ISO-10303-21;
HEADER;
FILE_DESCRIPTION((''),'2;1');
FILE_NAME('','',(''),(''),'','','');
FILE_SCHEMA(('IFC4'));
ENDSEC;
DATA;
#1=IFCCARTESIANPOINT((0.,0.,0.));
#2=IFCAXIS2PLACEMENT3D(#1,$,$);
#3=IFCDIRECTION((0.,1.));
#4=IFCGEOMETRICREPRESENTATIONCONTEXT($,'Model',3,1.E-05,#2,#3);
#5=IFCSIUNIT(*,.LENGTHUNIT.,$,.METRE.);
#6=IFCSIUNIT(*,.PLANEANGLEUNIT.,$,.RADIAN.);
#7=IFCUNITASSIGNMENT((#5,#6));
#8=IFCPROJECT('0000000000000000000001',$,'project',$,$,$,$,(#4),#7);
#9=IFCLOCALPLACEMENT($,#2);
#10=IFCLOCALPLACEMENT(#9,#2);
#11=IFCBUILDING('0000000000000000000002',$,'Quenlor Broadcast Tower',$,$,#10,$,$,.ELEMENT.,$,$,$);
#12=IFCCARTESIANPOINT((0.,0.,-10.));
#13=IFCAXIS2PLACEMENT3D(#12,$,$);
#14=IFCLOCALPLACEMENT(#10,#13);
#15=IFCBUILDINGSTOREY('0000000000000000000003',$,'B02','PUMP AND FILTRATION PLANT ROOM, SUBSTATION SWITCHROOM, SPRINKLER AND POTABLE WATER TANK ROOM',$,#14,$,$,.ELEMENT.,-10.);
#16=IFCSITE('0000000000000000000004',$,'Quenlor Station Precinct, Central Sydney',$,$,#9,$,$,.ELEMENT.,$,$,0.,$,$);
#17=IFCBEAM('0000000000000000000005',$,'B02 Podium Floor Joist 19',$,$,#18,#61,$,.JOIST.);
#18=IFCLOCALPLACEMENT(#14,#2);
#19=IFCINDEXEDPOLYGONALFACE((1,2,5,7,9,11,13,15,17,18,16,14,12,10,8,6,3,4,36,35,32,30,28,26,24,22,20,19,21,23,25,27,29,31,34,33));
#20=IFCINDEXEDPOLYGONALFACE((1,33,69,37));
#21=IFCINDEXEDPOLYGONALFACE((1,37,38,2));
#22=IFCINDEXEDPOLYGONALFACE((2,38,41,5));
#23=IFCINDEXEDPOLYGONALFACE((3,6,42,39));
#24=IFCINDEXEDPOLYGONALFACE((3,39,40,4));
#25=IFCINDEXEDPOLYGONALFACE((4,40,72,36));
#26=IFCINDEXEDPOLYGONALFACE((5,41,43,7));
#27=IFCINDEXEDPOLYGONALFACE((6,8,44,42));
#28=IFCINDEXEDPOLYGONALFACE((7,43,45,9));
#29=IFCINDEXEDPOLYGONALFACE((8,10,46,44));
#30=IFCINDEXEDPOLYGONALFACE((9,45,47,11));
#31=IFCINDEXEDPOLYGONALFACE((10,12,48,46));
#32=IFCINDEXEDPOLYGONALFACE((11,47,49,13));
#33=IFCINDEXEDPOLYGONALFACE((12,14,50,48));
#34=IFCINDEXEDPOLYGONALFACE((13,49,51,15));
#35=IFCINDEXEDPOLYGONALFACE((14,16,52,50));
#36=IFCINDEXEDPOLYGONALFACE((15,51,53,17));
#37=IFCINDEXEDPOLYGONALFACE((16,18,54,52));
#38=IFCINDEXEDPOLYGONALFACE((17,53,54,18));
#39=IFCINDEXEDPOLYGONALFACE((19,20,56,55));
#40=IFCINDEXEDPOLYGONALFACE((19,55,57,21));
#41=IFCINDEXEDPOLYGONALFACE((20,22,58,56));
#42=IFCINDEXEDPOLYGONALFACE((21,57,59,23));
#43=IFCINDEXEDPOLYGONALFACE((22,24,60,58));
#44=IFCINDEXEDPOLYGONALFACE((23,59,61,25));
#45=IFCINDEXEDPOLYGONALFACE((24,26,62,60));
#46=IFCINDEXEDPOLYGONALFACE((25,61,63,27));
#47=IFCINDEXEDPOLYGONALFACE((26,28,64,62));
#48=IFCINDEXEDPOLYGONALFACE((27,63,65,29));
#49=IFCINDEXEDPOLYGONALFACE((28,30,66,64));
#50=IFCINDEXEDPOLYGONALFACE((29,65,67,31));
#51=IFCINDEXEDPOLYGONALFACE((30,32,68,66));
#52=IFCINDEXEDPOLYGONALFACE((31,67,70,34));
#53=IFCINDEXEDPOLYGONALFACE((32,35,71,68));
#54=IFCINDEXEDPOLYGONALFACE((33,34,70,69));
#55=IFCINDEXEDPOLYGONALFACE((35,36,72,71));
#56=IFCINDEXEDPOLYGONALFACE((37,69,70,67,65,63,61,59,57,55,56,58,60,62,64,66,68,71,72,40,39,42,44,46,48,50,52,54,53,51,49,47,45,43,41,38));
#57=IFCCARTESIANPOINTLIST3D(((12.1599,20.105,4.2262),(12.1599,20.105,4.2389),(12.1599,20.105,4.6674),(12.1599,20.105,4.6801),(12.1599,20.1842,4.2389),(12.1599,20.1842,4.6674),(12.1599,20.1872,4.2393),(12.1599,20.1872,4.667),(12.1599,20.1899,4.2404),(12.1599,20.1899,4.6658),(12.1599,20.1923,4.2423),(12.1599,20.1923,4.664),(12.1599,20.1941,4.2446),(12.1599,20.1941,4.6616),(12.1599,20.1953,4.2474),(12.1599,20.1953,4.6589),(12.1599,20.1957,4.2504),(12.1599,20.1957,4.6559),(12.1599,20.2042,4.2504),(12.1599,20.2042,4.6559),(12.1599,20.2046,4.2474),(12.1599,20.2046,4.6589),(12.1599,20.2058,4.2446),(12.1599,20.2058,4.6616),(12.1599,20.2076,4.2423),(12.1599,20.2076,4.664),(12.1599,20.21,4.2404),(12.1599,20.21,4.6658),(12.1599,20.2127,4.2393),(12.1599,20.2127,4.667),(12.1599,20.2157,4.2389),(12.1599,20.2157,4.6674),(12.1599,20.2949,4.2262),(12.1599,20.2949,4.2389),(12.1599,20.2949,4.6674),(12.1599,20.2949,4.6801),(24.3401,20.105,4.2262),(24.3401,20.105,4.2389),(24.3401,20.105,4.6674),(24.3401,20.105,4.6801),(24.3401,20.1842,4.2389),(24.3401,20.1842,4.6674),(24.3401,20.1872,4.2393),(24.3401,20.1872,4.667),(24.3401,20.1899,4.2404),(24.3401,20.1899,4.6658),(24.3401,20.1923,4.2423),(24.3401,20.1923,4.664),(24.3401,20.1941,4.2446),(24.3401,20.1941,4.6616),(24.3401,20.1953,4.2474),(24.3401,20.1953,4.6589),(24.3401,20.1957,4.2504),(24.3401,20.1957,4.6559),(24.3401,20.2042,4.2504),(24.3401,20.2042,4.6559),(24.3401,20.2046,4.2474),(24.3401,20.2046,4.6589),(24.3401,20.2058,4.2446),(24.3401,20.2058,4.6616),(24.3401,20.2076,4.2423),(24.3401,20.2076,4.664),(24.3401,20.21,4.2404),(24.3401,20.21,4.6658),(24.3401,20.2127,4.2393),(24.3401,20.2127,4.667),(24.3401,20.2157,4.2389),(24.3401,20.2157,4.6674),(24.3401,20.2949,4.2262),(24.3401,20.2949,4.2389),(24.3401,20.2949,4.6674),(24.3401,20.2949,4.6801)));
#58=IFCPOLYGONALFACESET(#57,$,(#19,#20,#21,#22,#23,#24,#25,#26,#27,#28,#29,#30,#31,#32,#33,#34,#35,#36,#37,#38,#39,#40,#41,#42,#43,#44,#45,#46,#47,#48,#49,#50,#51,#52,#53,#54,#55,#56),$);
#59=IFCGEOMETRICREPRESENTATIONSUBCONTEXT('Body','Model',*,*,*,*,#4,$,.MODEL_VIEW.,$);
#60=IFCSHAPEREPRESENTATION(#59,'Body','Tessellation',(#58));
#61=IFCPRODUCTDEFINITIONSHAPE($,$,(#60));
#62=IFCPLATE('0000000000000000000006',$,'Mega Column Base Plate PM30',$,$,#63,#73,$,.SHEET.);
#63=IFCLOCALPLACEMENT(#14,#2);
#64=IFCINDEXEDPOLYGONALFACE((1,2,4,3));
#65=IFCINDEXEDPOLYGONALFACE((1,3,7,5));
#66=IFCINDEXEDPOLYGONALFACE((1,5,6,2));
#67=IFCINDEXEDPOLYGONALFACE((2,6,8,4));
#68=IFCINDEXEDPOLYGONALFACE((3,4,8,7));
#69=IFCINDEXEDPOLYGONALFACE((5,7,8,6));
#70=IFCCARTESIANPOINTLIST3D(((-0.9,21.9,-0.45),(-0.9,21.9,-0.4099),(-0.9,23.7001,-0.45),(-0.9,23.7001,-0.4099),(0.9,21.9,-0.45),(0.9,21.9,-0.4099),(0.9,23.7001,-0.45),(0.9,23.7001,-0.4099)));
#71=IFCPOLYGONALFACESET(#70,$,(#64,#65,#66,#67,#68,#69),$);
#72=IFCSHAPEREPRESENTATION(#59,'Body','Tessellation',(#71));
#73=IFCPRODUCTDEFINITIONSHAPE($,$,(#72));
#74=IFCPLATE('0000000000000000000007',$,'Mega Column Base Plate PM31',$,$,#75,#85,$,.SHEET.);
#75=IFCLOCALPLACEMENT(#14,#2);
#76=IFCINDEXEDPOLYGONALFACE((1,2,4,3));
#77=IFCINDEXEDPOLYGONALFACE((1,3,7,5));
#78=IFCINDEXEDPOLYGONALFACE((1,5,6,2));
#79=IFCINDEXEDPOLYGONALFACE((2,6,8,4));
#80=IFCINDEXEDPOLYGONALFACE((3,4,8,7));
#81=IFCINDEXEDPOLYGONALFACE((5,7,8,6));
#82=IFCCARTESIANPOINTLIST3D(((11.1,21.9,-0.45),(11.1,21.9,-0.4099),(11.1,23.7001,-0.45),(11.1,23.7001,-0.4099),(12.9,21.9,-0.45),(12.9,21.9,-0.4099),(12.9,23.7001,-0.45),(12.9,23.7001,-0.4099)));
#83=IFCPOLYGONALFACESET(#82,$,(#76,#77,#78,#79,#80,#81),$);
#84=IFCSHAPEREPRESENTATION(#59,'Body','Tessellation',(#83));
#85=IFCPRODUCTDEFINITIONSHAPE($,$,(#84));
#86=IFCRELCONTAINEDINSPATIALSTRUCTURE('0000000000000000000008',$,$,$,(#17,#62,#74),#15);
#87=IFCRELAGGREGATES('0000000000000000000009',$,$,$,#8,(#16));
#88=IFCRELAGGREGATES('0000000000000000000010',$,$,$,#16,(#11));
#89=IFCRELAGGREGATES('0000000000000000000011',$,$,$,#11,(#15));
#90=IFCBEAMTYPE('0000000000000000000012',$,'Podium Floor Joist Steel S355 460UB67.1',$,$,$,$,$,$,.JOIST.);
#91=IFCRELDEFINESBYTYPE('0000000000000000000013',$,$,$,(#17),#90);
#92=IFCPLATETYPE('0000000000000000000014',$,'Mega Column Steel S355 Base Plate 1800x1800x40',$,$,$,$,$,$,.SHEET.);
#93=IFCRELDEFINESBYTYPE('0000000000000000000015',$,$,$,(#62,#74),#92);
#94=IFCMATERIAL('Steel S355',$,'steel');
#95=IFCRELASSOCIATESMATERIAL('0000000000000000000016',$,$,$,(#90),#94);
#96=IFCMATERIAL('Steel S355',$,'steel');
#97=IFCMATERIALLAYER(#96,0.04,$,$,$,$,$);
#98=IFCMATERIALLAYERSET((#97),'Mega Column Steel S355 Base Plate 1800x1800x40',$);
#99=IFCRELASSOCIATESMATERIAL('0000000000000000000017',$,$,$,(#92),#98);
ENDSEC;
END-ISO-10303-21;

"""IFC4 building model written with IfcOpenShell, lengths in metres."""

from ifc_helpers import new_model, si_unit, direction, frame, origin, origin_2d, place, context, subcontext, project, spatial, rectangle, i_section, extrude, material, layer, layer_set, material_profile, profile_set, type_object, element, save


model = new_model("IFC4")

# Units and contexts
model_context = context("Model", 3, precision=1e-05, world=origin(), true_north=direction((0.0, 1.0)))
body_context = subcontext(model_context, "Body", "Model", "MODEL_VIEW")
ifc_project = project(units=[si_unit("LENGTHUNIT", "METRE"), si_unit("PLANEANGLEUNIT", "RADIAN")], contexts=[model_context])

# Site, building, storey
site_placement = place(None, origin())
site = spatial("IfcSite", under=ifc_project, at=site_placement, Name="Quenlor Station Precinct, Central Sydney", CompositionType="ELEMENT", RefElevation=0.0)
building_placement = place(site_placement, origin())
building = spatial("IfcBuilding", under=site, at=building_placement, Name="Quenlor Broadcast Tower", CompositionType="ELEMENT")
storey_placement = place(building_placement, frame((0.0, 0.0, -10.0)))
storey = spatial("IfcBuildingStorey", under=building, at=storey_placement, Name="B02", Description="PUMP AND FILTRATION PLANT ROOM, SUBSTATION SWITCHROOM, SPRINKLER AND POTABLE WATER TANK ROOM", CompositionType="ELEMENT", Elevation=-10.0)

# Beam
ifc_material_1 = material(Name="Steel S355", Category="steel")
ifc_material_profile_1 = material_profile(ifc_material_1, i_section(OverallWidth=0.1899, OverallDepth=0.4539, WebThickness=0.0085, FlangeThickness=0.0127, FilletRadius=0.0115, at=origin_2d()))
ifc_profile_set_1 = profile_set([ifc_material_profile_1], Name="Steel S355 460UB67.1")
beam_type_1 = type_object("IfcBeamType", Name="Podium Floor Joist Steel S355 460UB67.1", PredefinedType="JOIST", material=ifc_profile_set_1)
for number, where, z_axis, x_axis, name in (
    (1, (12.1599, 20.2, 4.4531), (1.0, 0.0, 0.0), (0.0, 1.0, 0.0), "B02 Podium Floor Joist 19"),
):
    element("IfcBeam", number, at=place(storey_placement, frame(where, z_axis=z_axis, x_axis=x_axis)), inside=storey, type_object=beam_type_1, Name=name, PredefinedType="JOIST", context=body_context, shape_type="SweptSolid", body=[
        extrude(i_section(OverallWidth=0.1899, OverallDepth=0.4539, WebThickness=0.0085, FlangeThickness=0.0127, FilletRadius=0.0115, at=origin_2d()), origin(), (0.0, 0.0, 1.0), 12.1802),
    ])

# Plates
ifc_material_2 = material(Name="Steel S355", Category="steel")
ifc_layer = layer(ifc_material_2, 0.04)
ifc_layer_set = layer_set([ifc_layer], Name="Mega Column Steel S355 Base Plate 1800x1800x40")
plate_type = type_object("IfcPlateType", Name="Mega Column Steel S355 Base Plate 1800x1800x40", PredefinedType="SHEET", material=ifc_layer_set)
for number, where, z_axis, x_axis, name in (
    (2, (0.0, 22.8, -0.45), (0.0, 0.0, 1.0), (1.0, 0.0, 0.0), "Mega Column Base Plate PM30"),
    (3, (12.0, 22.8, -0.45), (0.0, 0.0, 1.0), (1.0, 0.0, 0.0), "Mega Column Base Plate PM31"),
):
    element("IfcPlate", number, at=place(storey_placement, frame(where, z_axis=z_axis, x_axis=x_axis)), inside=storey, type_object=plate_type, Name=name, PredefinedType="SHEET", context=body_context, shape_type="SweptSolid", body=[
        extrude(rectangle(XDim=1.8, YDim=1.8, at=origin_2d()), origin(), (0.0, 0.0, 1.0), 0.04),
    ])

save(model, "model.ifc")
